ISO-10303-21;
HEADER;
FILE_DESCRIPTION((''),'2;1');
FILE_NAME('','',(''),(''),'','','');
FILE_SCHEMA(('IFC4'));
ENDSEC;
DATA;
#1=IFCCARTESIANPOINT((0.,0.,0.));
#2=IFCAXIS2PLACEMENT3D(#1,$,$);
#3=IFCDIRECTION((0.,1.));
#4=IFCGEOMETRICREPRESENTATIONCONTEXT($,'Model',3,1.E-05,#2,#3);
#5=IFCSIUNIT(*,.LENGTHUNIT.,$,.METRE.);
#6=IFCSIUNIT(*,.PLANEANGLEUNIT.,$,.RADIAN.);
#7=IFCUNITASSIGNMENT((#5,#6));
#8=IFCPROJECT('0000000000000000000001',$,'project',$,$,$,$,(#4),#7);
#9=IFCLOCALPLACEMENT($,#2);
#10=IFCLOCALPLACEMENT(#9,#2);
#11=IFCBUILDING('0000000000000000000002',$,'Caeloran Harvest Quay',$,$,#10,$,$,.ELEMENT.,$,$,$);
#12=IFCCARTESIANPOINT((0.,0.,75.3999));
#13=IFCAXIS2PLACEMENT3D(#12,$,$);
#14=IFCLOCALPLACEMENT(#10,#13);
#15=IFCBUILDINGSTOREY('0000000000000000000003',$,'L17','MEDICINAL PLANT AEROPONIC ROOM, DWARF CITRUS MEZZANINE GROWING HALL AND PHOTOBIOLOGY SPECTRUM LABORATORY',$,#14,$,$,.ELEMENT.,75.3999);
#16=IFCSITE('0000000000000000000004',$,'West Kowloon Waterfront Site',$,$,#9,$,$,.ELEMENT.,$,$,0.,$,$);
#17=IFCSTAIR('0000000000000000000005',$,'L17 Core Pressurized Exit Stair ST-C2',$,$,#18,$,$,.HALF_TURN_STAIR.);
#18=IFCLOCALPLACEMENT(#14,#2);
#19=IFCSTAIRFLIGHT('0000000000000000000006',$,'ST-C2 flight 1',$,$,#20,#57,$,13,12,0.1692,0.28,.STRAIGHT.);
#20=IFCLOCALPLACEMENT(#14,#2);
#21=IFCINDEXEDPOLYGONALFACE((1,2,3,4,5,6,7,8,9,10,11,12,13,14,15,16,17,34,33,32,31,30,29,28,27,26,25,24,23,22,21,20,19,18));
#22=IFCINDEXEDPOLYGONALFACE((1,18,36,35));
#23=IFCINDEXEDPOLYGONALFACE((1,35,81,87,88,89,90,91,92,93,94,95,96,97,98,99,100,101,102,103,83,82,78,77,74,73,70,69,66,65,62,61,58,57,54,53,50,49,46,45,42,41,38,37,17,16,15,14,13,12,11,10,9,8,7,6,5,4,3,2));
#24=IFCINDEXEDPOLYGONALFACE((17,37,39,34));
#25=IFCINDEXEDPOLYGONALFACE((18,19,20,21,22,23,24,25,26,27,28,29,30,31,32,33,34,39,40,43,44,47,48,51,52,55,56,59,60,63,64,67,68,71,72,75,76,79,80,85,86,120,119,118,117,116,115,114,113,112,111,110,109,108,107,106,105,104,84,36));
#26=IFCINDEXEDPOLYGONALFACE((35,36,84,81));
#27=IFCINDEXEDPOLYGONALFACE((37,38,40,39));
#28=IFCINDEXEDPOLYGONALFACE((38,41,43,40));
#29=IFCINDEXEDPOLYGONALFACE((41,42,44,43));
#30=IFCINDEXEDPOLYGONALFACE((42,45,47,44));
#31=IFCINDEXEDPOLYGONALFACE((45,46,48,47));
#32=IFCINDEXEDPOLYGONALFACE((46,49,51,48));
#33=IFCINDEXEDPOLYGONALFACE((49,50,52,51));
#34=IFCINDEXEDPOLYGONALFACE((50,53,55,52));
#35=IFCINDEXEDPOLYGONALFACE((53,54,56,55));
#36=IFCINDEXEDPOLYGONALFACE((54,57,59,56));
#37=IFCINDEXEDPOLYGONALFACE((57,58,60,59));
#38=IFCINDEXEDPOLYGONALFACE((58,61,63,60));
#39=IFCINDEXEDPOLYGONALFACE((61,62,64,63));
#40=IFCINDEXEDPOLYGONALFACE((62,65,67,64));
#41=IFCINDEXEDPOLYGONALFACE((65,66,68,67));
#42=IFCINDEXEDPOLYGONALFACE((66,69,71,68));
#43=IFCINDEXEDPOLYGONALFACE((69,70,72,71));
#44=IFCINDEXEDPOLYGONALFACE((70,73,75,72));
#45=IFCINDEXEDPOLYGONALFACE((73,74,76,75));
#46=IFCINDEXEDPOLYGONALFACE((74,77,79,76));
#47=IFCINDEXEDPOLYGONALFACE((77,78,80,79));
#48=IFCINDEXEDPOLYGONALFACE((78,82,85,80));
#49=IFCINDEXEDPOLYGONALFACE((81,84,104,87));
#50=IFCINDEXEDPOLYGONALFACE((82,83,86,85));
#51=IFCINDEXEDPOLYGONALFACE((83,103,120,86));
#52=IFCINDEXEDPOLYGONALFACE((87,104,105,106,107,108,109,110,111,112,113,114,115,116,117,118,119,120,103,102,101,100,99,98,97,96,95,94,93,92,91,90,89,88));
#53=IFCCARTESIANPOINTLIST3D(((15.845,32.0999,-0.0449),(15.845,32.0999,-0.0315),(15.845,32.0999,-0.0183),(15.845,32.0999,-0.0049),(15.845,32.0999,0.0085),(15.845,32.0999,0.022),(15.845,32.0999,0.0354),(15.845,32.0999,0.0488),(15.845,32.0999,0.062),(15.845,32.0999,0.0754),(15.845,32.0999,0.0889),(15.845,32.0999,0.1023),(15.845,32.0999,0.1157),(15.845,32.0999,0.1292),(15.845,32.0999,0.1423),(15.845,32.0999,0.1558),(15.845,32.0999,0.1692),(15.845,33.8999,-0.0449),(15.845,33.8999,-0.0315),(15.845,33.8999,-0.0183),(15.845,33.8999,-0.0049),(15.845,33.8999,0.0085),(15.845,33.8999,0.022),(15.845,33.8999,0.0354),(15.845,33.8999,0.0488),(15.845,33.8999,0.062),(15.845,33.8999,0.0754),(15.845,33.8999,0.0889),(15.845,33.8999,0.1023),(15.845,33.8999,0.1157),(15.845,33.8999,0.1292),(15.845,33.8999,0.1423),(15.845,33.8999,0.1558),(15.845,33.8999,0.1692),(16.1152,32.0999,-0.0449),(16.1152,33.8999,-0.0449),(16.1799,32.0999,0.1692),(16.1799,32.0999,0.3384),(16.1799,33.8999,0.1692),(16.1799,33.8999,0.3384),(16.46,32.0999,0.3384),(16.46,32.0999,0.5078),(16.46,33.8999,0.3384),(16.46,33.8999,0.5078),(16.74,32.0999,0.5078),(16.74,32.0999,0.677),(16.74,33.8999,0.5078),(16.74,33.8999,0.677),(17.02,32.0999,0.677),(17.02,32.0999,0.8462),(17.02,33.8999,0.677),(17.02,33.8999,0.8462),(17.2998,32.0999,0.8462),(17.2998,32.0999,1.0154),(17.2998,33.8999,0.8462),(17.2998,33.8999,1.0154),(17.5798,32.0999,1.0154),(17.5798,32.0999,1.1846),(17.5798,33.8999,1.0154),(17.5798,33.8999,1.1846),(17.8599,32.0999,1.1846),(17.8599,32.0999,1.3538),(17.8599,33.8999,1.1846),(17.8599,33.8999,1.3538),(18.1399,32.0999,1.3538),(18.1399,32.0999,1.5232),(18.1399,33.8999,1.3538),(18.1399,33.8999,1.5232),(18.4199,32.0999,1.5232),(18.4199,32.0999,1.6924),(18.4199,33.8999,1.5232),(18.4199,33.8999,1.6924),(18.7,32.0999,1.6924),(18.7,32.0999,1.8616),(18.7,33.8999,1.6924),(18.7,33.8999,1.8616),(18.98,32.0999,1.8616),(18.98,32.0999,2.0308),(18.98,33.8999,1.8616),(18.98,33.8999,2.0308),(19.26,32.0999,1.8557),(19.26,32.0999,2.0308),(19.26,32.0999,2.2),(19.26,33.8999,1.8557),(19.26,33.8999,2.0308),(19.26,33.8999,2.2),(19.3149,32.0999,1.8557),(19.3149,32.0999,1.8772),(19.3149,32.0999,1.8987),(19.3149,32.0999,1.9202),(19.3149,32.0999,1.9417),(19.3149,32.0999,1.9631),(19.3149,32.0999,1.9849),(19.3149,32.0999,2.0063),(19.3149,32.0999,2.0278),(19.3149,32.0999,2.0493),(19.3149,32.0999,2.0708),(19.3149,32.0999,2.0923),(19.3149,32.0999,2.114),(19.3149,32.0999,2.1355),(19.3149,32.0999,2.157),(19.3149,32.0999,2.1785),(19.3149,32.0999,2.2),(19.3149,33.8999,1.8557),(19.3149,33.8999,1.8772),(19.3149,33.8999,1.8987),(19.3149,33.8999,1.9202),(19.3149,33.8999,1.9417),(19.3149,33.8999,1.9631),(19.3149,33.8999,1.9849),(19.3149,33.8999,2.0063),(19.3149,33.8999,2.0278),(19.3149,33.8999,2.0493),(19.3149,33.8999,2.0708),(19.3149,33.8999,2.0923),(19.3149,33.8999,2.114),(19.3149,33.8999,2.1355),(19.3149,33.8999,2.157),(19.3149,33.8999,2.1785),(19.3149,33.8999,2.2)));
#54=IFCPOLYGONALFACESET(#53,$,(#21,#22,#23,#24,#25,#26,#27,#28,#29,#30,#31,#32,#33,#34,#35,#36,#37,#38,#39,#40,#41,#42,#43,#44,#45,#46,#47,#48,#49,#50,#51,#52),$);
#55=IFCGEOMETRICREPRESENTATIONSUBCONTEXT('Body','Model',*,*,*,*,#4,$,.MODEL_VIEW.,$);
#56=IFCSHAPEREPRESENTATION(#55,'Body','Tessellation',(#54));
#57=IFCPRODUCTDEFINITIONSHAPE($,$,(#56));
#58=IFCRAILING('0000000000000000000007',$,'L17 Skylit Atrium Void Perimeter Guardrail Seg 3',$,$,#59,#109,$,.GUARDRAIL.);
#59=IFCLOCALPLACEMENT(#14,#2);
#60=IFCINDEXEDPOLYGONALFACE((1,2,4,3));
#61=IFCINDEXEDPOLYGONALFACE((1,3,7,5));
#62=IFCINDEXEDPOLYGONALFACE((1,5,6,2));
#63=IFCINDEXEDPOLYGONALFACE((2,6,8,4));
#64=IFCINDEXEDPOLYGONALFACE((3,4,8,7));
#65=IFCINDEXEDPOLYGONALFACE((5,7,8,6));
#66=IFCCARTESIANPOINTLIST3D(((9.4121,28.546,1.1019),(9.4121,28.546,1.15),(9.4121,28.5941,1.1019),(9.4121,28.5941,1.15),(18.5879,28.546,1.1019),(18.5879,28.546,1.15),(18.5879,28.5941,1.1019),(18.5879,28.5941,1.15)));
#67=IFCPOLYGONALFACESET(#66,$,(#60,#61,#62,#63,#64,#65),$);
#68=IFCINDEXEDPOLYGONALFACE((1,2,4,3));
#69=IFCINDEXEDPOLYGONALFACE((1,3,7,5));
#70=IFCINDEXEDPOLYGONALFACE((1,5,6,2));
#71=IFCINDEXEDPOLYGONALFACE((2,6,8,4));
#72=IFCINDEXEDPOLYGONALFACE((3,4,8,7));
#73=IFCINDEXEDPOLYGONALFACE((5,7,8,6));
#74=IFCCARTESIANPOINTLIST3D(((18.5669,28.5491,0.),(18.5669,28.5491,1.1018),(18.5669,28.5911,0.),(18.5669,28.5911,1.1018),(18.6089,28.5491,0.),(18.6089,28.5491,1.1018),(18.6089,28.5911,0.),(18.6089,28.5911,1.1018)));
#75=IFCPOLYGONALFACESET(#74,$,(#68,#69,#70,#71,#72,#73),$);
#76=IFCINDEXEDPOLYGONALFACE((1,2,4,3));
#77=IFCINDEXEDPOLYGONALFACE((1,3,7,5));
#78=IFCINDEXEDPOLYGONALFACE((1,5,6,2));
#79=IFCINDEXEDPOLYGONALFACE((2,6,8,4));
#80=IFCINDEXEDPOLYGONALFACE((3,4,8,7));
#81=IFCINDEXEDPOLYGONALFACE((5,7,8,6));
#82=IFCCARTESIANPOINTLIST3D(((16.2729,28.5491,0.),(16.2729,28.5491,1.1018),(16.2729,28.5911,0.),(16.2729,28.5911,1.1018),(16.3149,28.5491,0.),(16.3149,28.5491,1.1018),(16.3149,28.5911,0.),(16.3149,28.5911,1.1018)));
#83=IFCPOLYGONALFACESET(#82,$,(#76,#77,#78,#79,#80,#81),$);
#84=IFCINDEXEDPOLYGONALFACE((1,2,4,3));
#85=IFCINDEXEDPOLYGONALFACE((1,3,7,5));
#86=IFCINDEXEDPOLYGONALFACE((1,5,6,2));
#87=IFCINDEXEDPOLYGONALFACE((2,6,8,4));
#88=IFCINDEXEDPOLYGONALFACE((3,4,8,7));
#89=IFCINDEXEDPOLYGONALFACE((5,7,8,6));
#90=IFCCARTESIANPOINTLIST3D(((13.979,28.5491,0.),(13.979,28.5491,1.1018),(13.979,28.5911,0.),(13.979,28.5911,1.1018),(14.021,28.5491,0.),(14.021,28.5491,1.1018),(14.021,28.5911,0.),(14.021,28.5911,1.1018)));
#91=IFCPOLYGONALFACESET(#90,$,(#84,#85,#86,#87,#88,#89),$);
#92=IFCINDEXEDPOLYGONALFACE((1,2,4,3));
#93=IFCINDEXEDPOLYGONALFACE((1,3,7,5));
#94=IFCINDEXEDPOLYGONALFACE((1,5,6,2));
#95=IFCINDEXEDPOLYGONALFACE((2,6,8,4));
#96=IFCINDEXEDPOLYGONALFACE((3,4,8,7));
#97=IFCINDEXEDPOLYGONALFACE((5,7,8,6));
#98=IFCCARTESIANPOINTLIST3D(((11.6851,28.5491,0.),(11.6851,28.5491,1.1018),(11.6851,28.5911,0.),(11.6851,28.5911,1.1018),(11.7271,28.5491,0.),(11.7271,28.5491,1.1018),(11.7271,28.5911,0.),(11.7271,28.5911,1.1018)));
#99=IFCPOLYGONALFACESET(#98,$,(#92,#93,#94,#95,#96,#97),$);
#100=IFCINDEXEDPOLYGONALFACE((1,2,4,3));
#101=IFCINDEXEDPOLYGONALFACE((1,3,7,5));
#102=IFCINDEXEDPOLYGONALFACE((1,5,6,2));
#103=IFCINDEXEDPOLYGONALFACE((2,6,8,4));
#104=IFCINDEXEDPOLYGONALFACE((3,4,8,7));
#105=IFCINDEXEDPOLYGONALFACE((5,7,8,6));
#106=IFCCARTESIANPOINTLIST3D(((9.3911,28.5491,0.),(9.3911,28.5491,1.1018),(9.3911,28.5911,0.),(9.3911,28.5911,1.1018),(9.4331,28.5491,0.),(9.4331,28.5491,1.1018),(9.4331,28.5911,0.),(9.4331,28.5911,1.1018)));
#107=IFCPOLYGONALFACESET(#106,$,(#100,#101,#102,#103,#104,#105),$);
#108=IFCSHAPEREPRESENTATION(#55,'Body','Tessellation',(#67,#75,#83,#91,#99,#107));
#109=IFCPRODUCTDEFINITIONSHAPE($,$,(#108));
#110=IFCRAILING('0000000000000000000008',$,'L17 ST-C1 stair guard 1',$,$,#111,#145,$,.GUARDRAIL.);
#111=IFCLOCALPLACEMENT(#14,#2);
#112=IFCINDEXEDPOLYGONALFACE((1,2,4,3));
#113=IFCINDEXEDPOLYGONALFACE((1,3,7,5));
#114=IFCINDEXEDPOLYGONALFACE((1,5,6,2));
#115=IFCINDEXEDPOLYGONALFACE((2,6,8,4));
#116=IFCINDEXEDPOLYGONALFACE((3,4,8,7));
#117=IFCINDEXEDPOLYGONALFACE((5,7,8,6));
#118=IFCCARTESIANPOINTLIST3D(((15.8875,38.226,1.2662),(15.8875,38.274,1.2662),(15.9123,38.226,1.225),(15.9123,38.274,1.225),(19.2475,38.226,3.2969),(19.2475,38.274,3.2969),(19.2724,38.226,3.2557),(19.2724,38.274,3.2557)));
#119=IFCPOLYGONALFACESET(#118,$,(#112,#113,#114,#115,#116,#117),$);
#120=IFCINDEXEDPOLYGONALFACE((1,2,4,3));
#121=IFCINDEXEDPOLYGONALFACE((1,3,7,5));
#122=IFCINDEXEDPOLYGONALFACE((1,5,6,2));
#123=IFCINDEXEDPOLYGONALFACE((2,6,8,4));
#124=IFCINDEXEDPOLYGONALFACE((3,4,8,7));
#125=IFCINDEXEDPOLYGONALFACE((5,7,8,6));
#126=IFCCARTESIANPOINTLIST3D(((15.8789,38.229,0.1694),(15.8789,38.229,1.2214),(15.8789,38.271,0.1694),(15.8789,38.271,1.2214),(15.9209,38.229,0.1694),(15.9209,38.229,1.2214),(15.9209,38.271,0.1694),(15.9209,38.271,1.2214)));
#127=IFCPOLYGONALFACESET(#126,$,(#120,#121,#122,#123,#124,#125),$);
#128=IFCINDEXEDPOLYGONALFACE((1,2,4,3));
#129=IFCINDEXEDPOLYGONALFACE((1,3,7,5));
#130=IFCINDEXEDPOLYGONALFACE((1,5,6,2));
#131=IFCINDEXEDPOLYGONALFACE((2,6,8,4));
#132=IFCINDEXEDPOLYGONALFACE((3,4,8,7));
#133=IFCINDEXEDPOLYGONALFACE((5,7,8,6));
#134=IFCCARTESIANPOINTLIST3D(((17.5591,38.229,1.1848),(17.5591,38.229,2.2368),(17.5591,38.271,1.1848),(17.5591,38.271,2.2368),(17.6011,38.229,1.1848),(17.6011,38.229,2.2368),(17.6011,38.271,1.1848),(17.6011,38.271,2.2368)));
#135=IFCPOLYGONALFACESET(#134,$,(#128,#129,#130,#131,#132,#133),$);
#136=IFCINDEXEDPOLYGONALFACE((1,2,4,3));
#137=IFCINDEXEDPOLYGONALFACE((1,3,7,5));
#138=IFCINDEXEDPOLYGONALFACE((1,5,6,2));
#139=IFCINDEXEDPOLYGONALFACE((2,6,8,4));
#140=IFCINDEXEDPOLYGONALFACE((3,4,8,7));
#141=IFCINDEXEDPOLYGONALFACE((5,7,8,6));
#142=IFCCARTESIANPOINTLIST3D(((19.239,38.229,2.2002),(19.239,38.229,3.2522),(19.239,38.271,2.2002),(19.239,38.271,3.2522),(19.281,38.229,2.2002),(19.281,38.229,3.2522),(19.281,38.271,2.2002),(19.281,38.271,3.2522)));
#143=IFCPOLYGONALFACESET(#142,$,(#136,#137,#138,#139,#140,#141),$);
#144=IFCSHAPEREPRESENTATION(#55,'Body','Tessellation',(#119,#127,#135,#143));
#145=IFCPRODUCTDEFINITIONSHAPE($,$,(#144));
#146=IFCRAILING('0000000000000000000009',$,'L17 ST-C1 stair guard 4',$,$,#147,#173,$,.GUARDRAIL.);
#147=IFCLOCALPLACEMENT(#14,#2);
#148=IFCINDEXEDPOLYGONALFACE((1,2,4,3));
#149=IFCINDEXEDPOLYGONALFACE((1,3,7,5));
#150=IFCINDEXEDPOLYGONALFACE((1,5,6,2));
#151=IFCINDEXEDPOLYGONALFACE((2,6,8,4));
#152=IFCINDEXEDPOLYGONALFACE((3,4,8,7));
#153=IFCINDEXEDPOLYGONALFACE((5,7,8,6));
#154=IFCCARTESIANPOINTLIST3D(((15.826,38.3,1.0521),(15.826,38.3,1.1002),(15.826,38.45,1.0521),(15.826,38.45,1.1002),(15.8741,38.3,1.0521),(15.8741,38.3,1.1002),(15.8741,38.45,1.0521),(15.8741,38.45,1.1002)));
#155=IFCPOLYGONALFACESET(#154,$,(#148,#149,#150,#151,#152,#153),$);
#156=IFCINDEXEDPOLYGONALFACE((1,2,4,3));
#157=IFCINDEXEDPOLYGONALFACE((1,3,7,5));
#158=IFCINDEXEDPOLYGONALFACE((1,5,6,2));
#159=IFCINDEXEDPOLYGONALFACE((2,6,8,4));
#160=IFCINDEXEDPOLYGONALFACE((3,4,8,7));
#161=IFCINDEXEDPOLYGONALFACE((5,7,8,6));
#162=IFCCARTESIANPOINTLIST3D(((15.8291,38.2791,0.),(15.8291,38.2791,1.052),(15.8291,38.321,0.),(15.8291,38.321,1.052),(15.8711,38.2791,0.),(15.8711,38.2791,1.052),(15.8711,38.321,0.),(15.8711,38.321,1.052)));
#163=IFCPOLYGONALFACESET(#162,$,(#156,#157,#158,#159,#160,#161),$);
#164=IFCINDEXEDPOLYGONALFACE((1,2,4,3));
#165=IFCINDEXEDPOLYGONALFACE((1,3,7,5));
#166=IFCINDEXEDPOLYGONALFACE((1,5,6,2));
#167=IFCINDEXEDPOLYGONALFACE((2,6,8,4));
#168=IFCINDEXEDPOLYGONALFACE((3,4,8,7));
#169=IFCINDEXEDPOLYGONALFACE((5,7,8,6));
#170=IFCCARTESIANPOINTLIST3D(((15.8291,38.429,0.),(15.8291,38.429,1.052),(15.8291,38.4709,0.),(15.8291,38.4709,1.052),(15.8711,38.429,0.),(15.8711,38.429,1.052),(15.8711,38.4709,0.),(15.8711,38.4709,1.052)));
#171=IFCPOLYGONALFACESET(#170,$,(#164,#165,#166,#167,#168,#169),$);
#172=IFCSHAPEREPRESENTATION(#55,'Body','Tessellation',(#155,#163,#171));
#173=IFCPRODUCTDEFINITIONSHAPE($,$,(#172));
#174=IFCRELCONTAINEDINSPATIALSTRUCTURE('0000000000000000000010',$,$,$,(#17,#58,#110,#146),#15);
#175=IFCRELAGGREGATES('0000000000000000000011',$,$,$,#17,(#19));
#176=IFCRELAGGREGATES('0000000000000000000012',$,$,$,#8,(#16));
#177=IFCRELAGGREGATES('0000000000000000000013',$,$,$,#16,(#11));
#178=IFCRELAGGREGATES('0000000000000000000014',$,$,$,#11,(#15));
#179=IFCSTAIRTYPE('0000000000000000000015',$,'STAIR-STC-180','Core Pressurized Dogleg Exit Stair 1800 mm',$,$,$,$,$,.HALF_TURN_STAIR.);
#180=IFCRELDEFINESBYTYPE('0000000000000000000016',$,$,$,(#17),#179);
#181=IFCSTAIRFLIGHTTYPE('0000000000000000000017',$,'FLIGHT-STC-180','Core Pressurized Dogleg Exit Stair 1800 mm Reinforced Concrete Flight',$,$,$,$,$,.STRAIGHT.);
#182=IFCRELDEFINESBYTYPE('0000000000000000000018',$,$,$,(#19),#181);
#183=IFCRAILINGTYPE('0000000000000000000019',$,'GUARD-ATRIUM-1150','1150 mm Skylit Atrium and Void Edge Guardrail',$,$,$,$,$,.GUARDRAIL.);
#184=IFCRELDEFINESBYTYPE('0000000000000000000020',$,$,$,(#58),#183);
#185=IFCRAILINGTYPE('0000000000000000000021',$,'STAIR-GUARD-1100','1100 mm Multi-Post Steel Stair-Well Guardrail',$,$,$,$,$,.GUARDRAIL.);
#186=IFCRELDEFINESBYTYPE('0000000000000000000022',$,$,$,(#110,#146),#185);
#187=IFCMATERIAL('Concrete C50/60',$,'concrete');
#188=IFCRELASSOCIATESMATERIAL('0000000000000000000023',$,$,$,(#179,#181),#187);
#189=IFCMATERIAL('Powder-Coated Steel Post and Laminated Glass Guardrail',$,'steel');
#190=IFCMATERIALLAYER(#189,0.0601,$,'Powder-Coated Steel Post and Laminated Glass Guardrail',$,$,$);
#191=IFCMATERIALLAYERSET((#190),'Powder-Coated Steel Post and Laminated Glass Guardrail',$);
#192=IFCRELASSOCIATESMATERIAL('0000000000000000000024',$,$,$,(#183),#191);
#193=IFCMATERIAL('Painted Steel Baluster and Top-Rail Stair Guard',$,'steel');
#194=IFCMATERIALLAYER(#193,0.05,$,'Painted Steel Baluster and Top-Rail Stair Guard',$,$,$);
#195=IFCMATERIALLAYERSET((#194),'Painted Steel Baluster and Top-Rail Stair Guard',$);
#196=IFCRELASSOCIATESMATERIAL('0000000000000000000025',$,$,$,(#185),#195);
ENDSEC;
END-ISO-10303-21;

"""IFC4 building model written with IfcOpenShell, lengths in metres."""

from ifc_helpers import new_model, si_unit, direction, frame, origin, origin_2d, place, context, subcontext, project, spatial, polyline, rectangle, outline, extrude, material, layer, layer_set, type_object, element, aggregate, save


model = new_model("IFC4")

# Units and contexts
model_context = context("Model", 3, precision=1e-05, world=origin(), true_north=direction((0.0, 1.0)))
body_context = subcontext(model_context, "Body", "Model", "MODEL_VIEW")
ifc_project = project(units=[si_unit("LENGTHUNIT", "METRE"), si_unit("PLANEANGLEUNIT", "RADIAN")], contexts=[model_context])

# Site, building, storey
site_placement = place(None, origin())
site = spatial("IfcSite", under=ifc_project, at=site_placement, Name="West Kowloon Waterfront Site", CompositionType="ELEMENT", RefElevation=0.0)
building_placement = place(site_placement, origin())
building = spatial("IfcBuilding", under=site, at=building_placement, Name="Caeloran Harvest Quay", CompositionType="ELEMENT")
storey_placement = place(building_placement, frame((0.0, 0.0, 75.3999)))
storey = spatial("IfcBuildingStorey", under=building, at=storey_placement, Name="L17", Description="MEDICINAL PLANT AEROPONIC ROOM, DWARF CITRUS MEZZANINE GROWING HALL AND PHOTOBIOLOGY SPECTRUM LABORATORY", CompositionType="ELEMENT", Elevation=75.3999)

# Stair, stair flight
ifc_material_1 = material(Name="Concrete C50/60", Category="concrete")
stair_type = type_object("IfcStairType", Name="STAIR-STC-180", Description="Core Pressurized Dogleg Exit Stair 1800 mm", PredefinedType="HALF_TURN_STAIR", material=ifc_material_1)
stair_flight_type = type_object("IfcStairFlightType", Name="FLIGHT-STC-180", Description="Core Pressurized Dogleg Exit Stair 1800 mm Reinforced Concrete Flight", PredefinedType="STRAIGHT", material=ifc_material_1)
stair_1_placement = place(storey_placement, origin())
stair_1 = element("IfcStair", 1, at=stair_1_placement, inside=storey, type_object=stair_type, Name="L17 Core Pressurized Exit Stair ST-C2", PredefinedType="HALF_TURN_STAIR")
stair_flight_1_placement = place(storey_placement, frame((15.8999, 33.0, 0.0), z_axis=(0.0, 0.0, 1.0), x_axis=(1.0, 0.0, 0.0)))
stair_flight_1 = element("IfcStairFlight", 2, at=stair_flight_1_placement, type_object=stair_flight_type, Name="ST-C2 flight 1", NumberOfRisers=13, NumberOfTreads=12, PredefinedType="STRAIGHT", RiserHeight=0.1692, TreadLength=0.28, context=body_context, shape_type="SweptSolid", body=[
    extrude(outline(polyline([(-0.0549, -0.0449), (-0.0549, -0.0315), (-0.0549, -0.0183), (-0.0549, -0.0049), (-0.0549, 0.0085), (-0.0549, 0.022), (-0.0549, 0.0354), (-0.0549, 0.0488), (-0.0549, 0.062), (-0.0549, 0.0754), (-0.0549, 0.0889), (-0.0549, 0.1023), (-0.0549, 0.1157), (-0.0549, 0.1292), (-0.0549, 0.1423), (-0.0549, 0.1558), (-0.0549, 0.1692), (0.28, 0.1692), (0.28, 0.3384), (0.5601, 0.3384), (0.5601, 0.5078), (0.8401, 0.5078), (0.8401, 0.677), (1.1201, 0.677), (1.1201, 0.8462), (1.3999, 0.8462), (1.3999, 1.0154), (1.6799, 1.0154), (1.6799, 1.1846), (1.96, 1.1846), (1.96, 1.3538), (2.24, 1.3538), (2.24, 1.5232), (2.52, 1.5232), (2.52, 1.6924), (2.8, 1.6924), (2.8, 1.8616), (3.0801, 1.8616), (3.0801, 2.0308), (3.3601, 2.0308), (3.3601, 2.2), (3.415, 2.2), (3.415, 2.1785), (3.415, 2.157), (3.415, 2.1355), (3.415, 2.114), (3.415, 2.0923), (3.415, 2.0708), (3.415, 2.0493), (3.415, 2.0278), (3.415, 2.0063), (3.415, 1.9849), (3.415, 1.9631), (3.415, 1.9417), (3.415, 1.9202), (3.415, 1.8987), (3.415, 1.8772), (3.415, 1.8557), (3.3601, 1.8557), (0.2153, -0.0449), (-0.0549, -0.0449)])), frame((0.0, 0.8999, 0.0), z_axis=(0.0, -1.0, 0.0), x_axis=(1.0, 0.0, 0.0)), (0.0, 0.0, 1.0), 1.8),
])
aggregate(stair_1, [stair_flight_1])

# Railings
ifc_material_2 = material(Name="Powder-Coated Steel Post and Laminated Glass Guardrail", Category="steel")
ifc_layer_1 = layer(ifc_material_2, 0.0601, Name="Powder-Coated Steel Post and Laminated Glass Guardrail")
ifc_layer_set_1 = layer_set([ifc_layer_1], Name="Powder-Coated Steel Post and Laminated Glass Guardrail")
railing_type_1 = type_object("IfcRailingType", Name="GUARD-ATRIUM-1150", Description="1150 mm Skylit Atrium and Void Edge Guardrail", PredefinedType="GUARDRAIL", material=ifc_layer_set_1)
railing_1_placement = place(storey_placement, frame((18.5879, 28.5701, 0.0)))
element("IfcRailing", 3, at=railing_1_placement, inside=storey, type_object=railing_type_1, Name="L17 Skylit Atrium Void Perimeter Guardrail Seg 3", PredefinedType="GUARDRAIL", context=body_context, shape_type="SweptSolid", body=[
    extrude(rectangle(XDim=0.0481, YDim=0.0481, at=origin_2d()), frame((0.0, 0.0, 1.126), z_axis=(-1.0, 0.0, 0.0), x_axis=(0.0, -1.0, 0.0)), (0.0, 0.0, 1.0), 9.1758),
    extrude(rectangle(XDim=0.042, YDim=0.042, at=origin_2d()), origin(), (0.0, 0.0, 1.0), 1.1018),
    extrude(rectangle(XDim=0.042, YDim=0.042, at=origin_2d()), frame((-2.2939, 0.0, 0.0)), (0.0, 0.0, 1.0), 1.1018),
    extrude(rectangle(XDim=0.042, YDim=0.042, at=origin_2d()), frame((-4.5879, 0.0, 0.0)), (0.0, 0.0, 1.0), 1.1018),
    extrude(rectangle(XDim=0.042, YDim=0.042, at=origin_2d()), frame((-6.8818, 0.0, 0.0)), (0.0, 0.0, 1.0), 1.1018),
    extrude(rectangle(XDim=0.042, YDim=0.042, at=origin_2d()), frame((-9.1758, 0.0, 0.0)), (0.0, 0.0, 1.0), 1.1018),
])
ifc_material_3 = material(Name="Painted Steel Baluster and Top-Rail Stair Guard", Category="steel")
ifc_layer_2 = layer(ifc_material_3, 0.05, Name="Painted Steel Baluster and Top-Rail Stair Guard")
ifc_layer_set_2 = layer_set([ifc_layer_2], Name="Painted Steel Baluster and Top-Rail Stair Guard")
railing_type_2 = type_object("IfcRailingType", Name="STAIR-GUARD-1100", Description="1100 mm Multi-Post Steel Stair-Well Guardrail", PredefinedType="GUARDRAIL", material=ifc_layer_set_2)
railing_2_placement = place(storey_placement, frame((15.8999, 38.25, 0.1694)))
element("IfcRailing", 4, at=railing_2_placement, inside=storey, type_object=railing_type_2, Name="L17 ST-C1 stair guard 1", PredefinedType="GUARDRAIL", context=body_context, shape_type="SweptSolid", body=[
    extrude(rectangle(XDim=0.0481, YDim=0.0481, at=origin_2d()), frame((0.0, 0.0, 1.0762), z_axis=(0.855837, 0.0, 0.517246), x_axis=(0.0, 1.0, 0.0)), (0.0, 0.0, 1.0), 3.926),
    extrude(rectangle(XDim=0.042, YDim=0.042, at=origin_2d()), origin(), (0.0, 0.0, 1.0), 1.052),
    extrude(rectangle(XDim=0.042, YDim=0.042, at=origin_2d()), frame((1.6802, 0.0, 1.0154)), (0.0, 0.0, 1.0), 1.052),
    extrude(rectangle(XDim=0.042, YDim=0.042, at=origin_2d()), frame((3.3601, 0.0, 2.0308)), (0.0, 0.0, 1.0), 1.052),
])
railing_3_placement = place(storey_placement, frame((15.8501, 38.3, 0.0)))
element("IfcRailing", 5, at=railing_3_placement, inside=storey, type_object=railing_type_2, Name="L17 ST-C1 stair guard 4", PredefinedType="GUARDRAIL", context=body_context, shape_type="SweptSolid", body=[
    extrude(rectangle(XDim=0.0481, YDim=0.0481, at=origin_2d()), frame((0.0, 0.0, 1.0762), z_axis=(0.0, 1.0, 0.0), x_axis=(-1.0, 0.0, 0.0)), (0.0, 0.0, 1.0), 0.1499),
    extrude(rectangle(XDim=0.042, YDim=0.042, at=origin_2d()), origin(), (0.0, 0.0, 1.0), 1.052),
    extrude(rectangle(XDim=0.042, YDim=0.042, at=origin_2d()), frame((0.0, 0.1499, 0.0)), (0.0, 0.0, 1.0), 1.052),
])

save(model, "model.ifc")
